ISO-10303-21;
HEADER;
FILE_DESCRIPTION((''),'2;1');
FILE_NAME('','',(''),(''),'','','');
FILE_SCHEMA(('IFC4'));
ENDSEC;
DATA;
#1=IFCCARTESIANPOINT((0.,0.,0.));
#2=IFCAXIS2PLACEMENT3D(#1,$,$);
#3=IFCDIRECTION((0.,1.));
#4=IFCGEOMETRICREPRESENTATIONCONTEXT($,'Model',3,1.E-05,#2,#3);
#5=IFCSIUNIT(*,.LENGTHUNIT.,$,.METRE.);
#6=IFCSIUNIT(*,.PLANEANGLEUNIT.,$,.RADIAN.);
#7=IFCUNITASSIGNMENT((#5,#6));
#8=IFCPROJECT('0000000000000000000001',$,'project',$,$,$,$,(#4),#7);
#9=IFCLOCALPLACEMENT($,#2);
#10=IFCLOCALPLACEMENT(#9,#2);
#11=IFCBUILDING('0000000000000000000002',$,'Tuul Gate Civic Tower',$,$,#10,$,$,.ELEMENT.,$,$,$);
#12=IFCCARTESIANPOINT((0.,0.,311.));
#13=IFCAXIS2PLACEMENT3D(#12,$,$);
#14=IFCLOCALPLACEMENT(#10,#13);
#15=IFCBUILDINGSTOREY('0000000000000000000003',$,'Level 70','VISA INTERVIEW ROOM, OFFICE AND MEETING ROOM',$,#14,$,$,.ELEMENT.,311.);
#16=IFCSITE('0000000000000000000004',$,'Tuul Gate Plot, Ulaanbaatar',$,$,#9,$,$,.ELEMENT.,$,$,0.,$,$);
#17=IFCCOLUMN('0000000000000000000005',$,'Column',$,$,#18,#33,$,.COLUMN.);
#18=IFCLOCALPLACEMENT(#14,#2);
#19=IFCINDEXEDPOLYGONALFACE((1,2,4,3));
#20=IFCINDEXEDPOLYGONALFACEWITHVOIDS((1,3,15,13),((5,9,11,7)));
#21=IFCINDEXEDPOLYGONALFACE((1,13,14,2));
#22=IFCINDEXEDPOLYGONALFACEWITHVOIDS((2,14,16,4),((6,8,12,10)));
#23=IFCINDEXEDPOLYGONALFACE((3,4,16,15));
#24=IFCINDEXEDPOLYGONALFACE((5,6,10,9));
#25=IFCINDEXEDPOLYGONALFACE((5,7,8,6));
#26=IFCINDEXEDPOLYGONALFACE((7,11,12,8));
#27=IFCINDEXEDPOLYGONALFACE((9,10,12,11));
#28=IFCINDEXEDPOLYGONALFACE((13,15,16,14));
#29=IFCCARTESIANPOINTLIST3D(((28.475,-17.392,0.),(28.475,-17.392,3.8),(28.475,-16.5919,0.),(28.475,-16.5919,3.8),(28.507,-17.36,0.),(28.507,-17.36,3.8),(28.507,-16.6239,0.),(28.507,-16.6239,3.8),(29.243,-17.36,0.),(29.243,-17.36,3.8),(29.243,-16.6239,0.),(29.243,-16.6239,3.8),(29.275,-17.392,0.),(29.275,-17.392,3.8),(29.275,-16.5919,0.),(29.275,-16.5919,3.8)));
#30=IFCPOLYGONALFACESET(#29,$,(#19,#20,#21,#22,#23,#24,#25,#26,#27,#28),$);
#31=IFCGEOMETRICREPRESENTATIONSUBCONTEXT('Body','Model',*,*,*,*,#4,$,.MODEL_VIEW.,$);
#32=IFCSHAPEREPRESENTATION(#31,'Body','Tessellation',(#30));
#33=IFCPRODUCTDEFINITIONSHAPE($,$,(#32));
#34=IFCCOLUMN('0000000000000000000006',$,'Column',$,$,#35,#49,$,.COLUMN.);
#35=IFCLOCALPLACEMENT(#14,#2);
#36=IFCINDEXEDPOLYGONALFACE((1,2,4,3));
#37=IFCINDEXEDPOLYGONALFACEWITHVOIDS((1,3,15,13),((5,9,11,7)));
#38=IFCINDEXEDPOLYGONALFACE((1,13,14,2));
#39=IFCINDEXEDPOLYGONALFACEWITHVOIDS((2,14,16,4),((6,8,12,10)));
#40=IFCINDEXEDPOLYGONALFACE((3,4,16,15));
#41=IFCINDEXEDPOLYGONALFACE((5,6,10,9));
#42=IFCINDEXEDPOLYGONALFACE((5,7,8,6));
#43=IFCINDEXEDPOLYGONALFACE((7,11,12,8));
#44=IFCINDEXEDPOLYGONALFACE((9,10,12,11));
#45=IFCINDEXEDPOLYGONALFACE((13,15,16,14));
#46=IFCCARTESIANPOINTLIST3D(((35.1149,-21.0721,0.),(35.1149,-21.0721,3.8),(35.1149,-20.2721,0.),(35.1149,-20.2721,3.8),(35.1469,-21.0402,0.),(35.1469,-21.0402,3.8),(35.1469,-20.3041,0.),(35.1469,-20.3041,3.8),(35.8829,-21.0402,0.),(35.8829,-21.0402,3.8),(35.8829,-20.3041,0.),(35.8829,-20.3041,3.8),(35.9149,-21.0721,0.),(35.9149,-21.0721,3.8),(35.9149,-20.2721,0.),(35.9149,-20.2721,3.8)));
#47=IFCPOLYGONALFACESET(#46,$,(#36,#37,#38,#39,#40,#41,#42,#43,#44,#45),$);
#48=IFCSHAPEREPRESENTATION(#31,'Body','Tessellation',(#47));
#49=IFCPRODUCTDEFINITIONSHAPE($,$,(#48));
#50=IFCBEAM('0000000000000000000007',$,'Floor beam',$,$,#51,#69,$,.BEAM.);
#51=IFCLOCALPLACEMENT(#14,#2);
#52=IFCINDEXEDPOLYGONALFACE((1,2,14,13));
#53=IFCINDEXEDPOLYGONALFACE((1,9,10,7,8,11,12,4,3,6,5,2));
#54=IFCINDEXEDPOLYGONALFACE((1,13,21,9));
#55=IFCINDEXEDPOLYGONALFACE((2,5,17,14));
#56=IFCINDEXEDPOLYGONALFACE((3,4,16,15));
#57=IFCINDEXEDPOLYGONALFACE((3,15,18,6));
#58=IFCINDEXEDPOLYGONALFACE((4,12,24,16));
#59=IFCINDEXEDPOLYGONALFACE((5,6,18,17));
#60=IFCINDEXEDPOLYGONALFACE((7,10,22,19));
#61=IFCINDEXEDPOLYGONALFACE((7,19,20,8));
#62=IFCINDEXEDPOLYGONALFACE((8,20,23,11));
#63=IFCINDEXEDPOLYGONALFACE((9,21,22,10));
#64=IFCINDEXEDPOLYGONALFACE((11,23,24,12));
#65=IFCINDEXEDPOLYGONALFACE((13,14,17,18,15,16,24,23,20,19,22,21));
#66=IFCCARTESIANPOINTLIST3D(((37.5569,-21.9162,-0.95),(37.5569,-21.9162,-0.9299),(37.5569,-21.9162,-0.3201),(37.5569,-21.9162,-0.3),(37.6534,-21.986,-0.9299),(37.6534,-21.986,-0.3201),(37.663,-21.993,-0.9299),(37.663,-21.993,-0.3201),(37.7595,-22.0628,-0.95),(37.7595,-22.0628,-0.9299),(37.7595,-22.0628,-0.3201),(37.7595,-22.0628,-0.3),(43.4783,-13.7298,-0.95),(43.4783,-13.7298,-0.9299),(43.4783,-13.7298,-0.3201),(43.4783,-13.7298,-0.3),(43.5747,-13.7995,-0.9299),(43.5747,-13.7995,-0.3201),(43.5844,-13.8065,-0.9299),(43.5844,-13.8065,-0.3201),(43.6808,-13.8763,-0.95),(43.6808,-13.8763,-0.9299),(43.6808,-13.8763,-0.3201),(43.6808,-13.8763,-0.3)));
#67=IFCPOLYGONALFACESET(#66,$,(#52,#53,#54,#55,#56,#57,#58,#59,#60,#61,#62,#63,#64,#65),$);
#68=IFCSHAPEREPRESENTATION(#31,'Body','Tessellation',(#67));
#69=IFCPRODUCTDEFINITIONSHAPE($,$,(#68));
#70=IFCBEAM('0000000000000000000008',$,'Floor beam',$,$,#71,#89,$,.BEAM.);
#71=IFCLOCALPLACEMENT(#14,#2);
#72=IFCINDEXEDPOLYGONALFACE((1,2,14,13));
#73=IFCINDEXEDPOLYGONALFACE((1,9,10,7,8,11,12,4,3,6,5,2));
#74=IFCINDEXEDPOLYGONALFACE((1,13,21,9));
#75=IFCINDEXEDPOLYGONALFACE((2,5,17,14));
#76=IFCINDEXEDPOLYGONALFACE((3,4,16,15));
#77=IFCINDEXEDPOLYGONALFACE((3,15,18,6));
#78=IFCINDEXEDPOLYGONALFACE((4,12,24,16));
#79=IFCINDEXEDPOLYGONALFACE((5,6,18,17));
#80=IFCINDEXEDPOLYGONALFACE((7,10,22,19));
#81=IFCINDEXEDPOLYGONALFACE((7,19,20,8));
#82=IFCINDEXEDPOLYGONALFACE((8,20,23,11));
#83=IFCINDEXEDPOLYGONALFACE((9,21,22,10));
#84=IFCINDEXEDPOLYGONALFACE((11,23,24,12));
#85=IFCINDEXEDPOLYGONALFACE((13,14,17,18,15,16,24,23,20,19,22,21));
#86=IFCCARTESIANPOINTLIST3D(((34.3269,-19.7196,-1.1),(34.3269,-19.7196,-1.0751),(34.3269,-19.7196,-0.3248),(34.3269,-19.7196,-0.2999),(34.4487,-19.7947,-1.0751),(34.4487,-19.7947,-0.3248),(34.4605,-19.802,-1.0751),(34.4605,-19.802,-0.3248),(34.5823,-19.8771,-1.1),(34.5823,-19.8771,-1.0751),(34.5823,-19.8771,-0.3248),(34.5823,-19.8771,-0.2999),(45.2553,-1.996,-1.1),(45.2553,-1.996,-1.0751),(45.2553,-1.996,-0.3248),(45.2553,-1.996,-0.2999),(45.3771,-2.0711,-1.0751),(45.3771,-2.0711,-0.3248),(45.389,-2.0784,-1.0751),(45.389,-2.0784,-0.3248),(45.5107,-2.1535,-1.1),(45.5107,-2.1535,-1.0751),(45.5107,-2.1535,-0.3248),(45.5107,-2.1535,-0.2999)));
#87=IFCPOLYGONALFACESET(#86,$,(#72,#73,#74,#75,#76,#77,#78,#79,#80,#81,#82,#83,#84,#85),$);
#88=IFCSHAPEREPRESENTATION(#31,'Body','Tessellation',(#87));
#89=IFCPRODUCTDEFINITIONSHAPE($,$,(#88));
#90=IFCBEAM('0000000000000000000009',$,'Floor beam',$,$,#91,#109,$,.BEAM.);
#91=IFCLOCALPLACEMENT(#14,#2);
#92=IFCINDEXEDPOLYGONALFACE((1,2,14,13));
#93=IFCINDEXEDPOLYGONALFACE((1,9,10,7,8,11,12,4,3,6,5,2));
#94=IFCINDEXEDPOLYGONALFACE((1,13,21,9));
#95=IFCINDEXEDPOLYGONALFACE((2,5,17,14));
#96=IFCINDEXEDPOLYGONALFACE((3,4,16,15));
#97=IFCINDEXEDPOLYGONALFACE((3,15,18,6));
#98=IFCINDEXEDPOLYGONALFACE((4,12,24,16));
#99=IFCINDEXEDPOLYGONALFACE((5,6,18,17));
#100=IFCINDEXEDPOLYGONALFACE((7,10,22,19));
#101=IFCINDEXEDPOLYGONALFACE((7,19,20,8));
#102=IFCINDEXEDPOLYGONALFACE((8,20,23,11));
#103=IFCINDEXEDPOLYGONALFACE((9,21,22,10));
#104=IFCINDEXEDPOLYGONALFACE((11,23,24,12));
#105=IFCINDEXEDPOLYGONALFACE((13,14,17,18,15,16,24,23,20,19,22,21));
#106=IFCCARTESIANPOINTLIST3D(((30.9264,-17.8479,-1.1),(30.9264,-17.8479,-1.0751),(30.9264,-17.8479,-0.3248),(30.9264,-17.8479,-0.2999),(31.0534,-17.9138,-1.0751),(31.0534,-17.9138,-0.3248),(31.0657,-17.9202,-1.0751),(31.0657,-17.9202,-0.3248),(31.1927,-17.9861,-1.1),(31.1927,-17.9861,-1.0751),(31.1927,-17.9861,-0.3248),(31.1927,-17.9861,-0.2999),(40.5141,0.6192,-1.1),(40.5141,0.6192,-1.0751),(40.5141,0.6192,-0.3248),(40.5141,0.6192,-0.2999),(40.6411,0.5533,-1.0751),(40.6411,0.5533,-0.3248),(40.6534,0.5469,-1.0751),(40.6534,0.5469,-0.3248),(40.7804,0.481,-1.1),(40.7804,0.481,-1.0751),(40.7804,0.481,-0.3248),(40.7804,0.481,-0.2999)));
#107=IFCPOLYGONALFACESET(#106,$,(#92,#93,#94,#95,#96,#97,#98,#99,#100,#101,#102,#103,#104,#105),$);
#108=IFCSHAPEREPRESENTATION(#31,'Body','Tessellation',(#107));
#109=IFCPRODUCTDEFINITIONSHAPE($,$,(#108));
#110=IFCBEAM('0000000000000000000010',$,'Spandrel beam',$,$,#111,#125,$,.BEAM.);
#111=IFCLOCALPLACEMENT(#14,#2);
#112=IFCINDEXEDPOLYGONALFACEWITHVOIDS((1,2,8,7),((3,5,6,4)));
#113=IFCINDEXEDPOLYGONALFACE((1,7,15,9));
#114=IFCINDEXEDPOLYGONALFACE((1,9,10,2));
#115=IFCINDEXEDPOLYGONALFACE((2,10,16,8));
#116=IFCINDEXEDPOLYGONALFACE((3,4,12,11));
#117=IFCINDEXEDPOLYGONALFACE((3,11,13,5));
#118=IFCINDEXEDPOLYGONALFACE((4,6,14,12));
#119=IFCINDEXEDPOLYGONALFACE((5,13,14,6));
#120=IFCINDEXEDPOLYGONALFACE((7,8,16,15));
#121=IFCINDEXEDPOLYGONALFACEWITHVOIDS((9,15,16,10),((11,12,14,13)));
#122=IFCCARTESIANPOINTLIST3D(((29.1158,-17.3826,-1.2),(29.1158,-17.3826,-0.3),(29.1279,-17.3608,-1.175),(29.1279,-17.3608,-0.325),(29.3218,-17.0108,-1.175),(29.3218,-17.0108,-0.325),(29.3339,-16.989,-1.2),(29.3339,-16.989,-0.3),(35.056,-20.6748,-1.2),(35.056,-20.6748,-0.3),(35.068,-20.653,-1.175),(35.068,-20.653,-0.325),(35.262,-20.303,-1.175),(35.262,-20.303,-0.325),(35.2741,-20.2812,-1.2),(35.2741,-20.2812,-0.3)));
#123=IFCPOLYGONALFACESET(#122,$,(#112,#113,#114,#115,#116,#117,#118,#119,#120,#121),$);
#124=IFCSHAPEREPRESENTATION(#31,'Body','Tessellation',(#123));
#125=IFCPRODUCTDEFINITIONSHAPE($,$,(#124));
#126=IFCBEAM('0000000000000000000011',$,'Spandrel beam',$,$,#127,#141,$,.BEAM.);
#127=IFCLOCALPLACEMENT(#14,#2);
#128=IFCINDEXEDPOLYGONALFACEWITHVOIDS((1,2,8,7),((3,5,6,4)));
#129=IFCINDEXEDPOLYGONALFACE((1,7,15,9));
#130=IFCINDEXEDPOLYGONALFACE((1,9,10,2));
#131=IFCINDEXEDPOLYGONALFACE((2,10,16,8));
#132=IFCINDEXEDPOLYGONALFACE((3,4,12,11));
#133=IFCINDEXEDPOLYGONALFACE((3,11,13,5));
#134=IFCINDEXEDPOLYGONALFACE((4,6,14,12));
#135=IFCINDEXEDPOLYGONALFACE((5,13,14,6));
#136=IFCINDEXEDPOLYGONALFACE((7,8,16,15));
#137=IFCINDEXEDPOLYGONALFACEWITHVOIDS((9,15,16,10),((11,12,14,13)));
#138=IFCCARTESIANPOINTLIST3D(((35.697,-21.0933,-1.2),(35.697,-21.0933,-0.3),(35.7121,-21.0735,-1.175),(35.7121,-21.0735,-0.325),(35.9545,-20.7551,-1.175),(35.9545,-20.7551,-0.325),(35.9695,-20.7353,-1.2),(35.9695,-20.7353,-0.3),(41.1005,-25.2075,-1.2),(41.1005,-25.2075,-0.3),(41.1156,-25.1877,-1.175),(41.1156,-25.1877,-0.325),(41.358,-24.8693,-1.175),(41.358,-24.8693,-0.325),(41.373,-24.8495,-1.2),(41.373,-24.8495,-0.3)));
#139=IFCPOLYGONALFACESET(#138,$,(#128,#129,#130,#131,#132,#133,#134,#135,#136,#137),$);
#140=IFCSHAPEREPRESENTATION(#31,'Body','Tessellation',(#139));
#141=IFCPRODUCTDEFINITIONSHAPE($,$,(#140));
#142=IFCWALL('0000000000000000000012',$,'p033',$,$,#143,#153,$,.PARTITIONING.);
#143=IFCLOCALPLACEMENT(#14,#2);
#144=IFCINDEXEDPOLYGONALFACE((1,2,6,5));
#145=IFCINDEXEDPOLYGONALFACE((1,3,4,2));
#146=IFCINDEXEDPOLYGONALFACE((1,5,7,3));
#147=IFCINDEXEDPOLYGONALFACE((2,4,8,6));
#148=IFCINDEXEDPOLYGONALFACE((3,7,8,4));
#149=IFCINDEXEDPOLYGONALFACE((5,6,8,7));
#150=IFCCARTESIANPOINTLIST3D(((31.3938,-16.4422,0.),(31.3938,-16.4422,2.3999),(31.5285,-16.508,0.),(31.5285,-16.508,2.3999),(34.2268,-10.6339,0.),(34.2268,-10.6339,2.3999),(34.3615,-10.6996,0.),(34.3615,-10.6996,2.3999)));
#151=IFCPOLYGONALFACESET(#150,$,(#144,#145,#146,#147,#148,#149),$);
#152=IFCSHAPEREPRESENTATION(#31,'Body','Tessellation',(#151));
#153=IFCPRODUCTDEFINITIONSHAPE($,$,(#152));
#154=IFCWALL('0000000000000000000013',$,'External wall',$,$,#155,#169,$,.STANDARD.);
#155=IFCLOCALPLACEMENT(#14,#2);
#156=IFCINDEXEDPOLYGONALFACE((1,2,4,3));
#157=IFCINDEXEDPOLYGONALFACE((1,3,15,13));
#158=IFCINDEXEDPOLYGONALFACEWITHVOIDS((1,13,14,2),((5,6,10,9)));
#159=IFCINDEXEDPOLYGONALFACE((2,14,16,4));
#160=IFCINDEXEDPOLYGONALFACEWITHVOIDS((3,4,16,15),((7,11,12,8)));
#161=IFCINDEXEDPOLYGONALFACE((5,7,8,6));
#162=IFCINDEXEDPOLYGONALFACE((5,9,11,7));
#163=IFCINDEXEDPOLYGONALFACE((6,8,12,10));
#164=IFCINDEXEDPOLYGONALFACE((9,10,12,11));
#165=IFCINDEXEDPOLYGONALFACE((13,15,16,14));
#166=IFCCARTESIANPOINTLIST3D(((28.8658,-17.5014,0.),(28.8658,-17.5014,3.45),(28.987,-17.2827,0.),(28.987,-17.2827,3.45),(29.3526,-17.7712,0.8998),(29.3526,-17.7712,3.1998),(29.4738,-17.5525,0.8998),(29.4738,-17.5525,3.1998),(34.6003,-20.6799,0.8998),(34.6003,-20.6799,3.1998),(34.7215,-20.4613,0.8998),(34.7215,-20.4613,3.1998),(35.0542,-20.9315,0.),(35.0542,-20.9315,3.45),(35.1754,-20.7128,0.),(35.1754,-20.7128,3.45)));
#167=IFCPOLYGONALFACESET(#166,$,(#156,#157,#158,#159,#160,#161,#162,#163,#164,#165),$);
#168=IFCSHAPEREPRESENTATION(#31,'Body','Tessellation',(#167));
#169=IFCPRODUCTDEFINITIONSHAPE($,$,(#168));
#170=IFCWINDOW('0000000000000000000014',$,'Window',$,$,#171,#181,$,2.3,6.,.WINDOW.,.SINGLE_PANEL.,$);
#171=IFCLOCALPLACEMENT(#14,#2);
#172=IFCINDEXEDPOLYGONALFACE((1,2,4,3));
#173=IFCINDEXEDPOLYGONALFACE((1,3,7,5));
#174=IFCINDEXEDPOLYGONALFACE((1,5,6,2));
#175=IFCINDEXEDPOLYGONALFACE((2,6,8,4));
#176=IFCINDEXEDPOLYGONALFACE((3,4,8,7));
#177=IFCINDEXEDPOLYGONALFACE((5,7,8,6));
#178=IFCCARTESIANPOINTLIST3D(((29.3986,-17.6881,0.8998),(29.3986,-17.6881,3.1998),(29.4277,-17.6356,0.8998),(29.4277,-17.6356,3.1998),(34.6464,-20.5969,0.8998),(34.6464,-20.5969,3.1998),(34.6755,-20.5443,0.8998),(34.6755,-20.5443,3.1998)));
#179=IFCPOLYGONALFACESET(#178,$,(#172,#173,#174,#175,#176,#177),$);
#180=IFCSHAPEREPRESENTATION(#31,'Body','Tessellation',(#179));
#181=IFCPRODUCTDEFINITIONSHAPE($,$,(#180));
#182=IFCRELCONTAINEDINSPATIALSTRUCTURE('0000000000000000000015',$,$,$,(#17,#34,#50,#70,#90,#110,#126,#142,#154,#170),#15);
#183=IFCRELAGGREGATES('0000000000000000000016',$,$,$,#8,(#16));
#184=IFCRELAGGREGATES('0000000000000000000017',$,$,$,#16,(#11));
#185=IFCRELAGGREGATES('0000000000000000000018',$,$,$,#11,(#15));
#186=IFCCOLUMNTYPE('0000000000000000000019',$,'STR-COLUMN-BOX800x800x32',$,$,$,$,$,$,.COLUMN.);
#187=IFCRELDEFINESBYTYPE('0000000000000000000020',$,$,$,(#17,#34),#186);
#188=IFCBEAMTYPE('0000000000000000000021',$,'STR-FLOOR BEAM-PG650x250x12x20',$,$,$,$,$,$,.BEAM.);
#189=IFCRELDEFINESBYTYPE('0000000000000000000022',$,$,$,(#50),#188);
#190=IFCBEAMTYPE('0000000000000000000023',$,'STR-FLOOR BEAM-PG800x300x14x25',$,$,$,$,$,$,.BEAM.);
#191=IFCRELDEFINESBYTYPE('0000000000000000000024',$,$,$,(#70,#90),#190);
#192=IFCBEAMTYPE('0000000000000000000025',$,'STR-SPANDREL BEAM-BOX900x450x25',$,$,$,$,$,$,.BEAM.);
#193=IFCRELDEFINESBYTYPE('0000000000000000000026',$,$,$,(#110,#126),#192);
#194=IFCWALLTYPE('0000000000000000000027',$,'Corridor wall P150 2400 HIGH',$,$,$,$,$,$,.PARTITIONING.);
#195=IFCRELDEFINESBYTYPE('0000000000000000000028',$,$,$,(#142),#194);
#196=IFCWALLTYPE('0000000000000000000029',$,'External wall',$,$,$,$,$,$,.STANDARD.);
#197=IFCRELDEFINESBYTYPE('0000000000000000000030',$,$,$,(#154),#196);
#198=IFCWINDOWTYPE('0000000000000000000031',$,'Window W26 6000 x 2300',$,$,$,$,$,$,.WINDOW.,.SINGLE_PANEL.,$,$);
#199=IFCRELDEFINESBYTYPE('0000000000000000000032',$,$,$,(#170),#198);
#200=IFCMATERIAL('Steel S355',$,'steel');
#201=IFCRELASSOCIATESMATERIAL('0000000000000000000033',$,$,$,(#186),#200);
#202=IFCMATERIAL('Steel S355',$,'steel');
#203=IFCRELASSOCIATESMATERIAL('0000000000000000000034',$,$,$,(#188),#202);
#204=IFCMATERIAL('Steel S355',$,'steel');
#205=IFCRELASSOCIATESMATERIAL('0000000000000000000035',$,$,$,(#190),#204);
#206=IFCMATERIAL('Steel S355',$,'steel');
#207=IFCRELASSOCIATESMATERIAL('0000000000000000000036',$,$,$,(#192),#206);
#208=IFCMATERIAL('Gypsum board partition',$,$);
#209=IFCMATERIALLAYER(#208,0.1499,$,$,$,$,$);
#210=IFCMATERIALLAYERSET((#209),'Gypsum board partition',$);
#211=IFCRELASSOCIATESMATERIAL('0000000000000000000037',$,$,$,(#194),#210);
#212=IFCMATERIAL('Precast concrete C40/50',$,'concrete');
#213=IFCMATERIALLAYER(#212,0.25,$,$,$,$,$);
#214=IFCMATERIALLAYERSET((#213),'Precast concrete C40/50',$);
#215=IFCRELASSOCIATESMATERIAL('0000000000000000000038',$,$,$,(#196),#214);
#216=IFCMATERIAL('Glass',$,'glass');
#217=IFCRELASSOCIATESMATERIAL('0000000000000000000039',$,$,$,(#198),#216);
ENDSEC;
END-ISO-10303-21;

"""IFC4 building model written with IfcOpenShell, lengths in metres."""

from ifc_helpers import new_model, si_unit, direction, frame, frame_2d, origin, origin_2d, place, context, subcontext, project, spatial, rectangle, hollow_rectangle, i_section, extrude, material, layer, layer_set, material_profile, profile_set, type_object, element, fill, save


model = new_model("IFC4")

# Units and contexts
model_context = context("Model", 3, precision=1e-05, world=origin(), true_north=direction((0.0, 1.0)))
body_context = subcontext(model_context, "Body", "Model", "MODEL_VIEW")
ifc_project = project(units=[si_unit("LENGTHUNIT", "METRE"), si_unit("PLANEANGLEUNIT", "RADIAN")], contexts=[model_context])

# Site, building, storey
site_placement = place(None, origin())
site = spatial("IfcSite", under=ifc_project, at=site_placement, Name="Tuul Gate Plot, Ulaanbaatar", CompositionType="ELEMENT", RefElevation=0.0)
building_placement = place(site_placement, origin())
building = spatial("IfcBuilding", under=site, at=building_placement, Name="Tuul Gate Civic Tower", CompositionType="ELEMENT")
storey_placement = place(building_placement, frame((0.0, 0.0, 311.0)))
storey = spatial("IfcBuildingStorey", under=building, at=storey_placement, Name="Level 70", Description="VISA INTERVIEW ROOM, OFFICE AND MEETING ROOM", CompositionType="ELEMENT", Elevation=311.0)

# Columns
ifc_material_1 = material(Name="Steel S355", Category="steel")
ifc_material_profile_1 = material_profile(ifc_material_1, hollow_rectangle(XDim=0.8, YDim=0.8, WallThickness=0.032, at=origin_2d()), Name="BOX800x800x32")
ifc_profile_set_1 = profile_set([ifc_material_profile_1], Name="Steel S355")
column_type = type_object("IfcColumnType", Name="STR-COLUMN-BOX800x800x32", PredefinedType="COLUMN", material=ifc_profile_set_1)
for number, where, z_axis, x_axis, name in (
    (1, (28.875, -16.9919, 0.0), (0.0, 0.0, 1.0), (1.0, 0.0, 0.0), "Column"),
    (2, (35.5149, -20.6721, 0.0), (0.0, 0.0, 1.0), (1.0, 0.0, 0.0), "Column"),
):
    element("IfcColumn", number, at=place(storey_placement, frame(where, z_axis=z_axis, x_axis=x_axis)), inside=storey, type_object=column_type, Name=name, PredefinedType="COLUMN", context=body_context, shape_type="SweptSolid", body=[
        extrude(hollow_rectangle(XDim=0.8, YDim=0.8, WallThickness=0.032, at=origin_2d()), origin(), (0.0, 0.0, 1.0), 3.8),
    ])

# Beams
ifc_material_2 = material(Name="Steel S355", Category="steel")
ifc_material_profile_2 = material_profile(ifc_material_2, i_section(OverallWidth=0.25, OverallDepth=0.6499, WebThickness=0.012, FlangeThickness=0.02, at=origin_2d()), Name="PG650x250x12x20")
ifc_profile_set_2 = profile_set([ifc_material_profile_2], Name="Steel S355")
beam_type_1 = type_object("IfcBeamType", Name="STR-FLOOR BEAM-PG650x250x12x20", PredefinedType="BEAM", material=ifc_profile_set_2)
beam_1_placement = place(storey_placement, frame((37.6582, -21.9895, -0.625), z_axis=(0.586069, 0.810261, 0.0), x_axis=(-0.810261, 0.586069, 0.0)))
element("IfcBeam", 3, at=beam_1_placement, inside=storey, type_object=beam_type_1, Name="Floor beam", PredefinedType="BEAM", context=body_context, shape_type="SweptSolid", body=[
    extrude(i_section(OverallWidth=0.25, OverallDepth=0.6499, WebThickness=0.012, FlangeThickness=0.02, at=origin_2d()), origin(), (0.0, 0.0, 1.0), 10.1035),
])
ifc_material_3 = material(Name="Steel S355", Category="steel")
ifc_material_profile_3 = material_profile(ifc_material_3, i_section(OverallWidth=0.3, OverallDepth=0.8, WebThickness=0.0139, FlangeThickness=0.0249, at=origin_2d()), Name="PG800x300x14x25")
ifc_profile_set_3 = profile_set([ifc_material_profile_3], Name="Steel S355")
beam_type_2 = type_object("IfcBeamType", Name="STR-FLOOR BEAM-PG800x300x14x25", PredefinedType="BEAM", material=ifc_profile_set_3)
beam_2_placement = place(storey_placement, frame((34.4546, -19.7983, -0.7), z_axis=(0.52485, 0.851195, 0.0), x_axis=(-0.851195, 0.52485, 0.0)))
element("IfcBeam", 4, at=beam_2_placement, inside=storey, type_object=beam_type_2, Name="Floor beam", PredefinedType="BEAM", context=body_context, shape_type="SweptSolid", body=[
    extrude(i_section(OverallWidth=0.3, OverallDepth=0.8, WebThickness=0.0139, FlangeThickness=0.0249, at=origin_2d()), origin(), (0.0, 0.0, 1.0), 20.822),
])
beam_3_placement = place(storey_placement, frame((31.0596, -17.917, -0.7), z_axis=(0.460777, 0.887516, 0.0), x_axis=(-0.887516, 0.460777, 0.0)))
element("IfcBeam", 5, at=beam_3_placement, inside=storey, type_object=beam_type_2, Name="Floor beam", PredefinedType="BEAM", context=body_context, shape_type="SweptSolid", body=[
    extrude(i_section(OverallWidth=0.3, OverallDepth=0.8, WebThickness=0.0139, FlangeThickness=0.0249, at=origin_2d()), origin(), (0.0, 0.0, 1.0), 20.8076),
])
ifc_material_4 = material(Name="Steel S355", Category="steel")
ifc_material_profile_4 = material_profile(ifc_material_4, hollow_rectangle(XDim=0.45, YDim=0.8999, WallThickness=0.0249, at=origin_2d()), Name="BOX900x450x25")
ifc_profile_set_4 = profile_set([ifc_material_profile_4], Name="Steel S355")
beam_type_3 = type_object("IfcBeamType", Name="STR-SPANDREL BEAM-BOX900x450x25", PredefinedType="BEAM", material=ifc_profile_set_4)
for number, where, z_axis, x_axis, name in (
    (6, (29.2249, -17.1858, -0.75), (0.874649, -0.484758, 0.0), (0.484758, 0.874649, 0.0), "Spandrel beam"),
    (7, (35.8333, -20.9143, -0.75), (0.795626, -0.605788, 0.0), (0.605788, 0.795626, 0.0), "Spandrel beam"),
):
    element("IfcBeam", number, at=place(storey_placement, frame(where, z_axis=z_axis, x_axis=x_axis)), inside=storey, type_object=beam_type_3, Name=name, PredefinedType="BEAM", context=body_context, shape_type="SweptSolid", body=[
        extrude(hollow_rectangle(XDim=0.45, YDim=0.8999, WallThickness=0.0249, at=origin_2d()), origin(), (0.0, 0.0, 1.0), 6.7915),
    ])

# Wall
ifc_material_5 = material(Name="Gypsum board partition")
ifc_layer_1 = layer(ifc_material_5, 0.1499)
ifc_layer_set_1 = layer_set([ifc_layer_1], Name="Gypsum board partition")
wall_type_1 = type_object("IfcWallType", Name="Corridor wall P150 2400 HIGH", PredefinedType="PARTITIONING", material=ifc_layer_set_1)
wall_1_placement = place(storey_placement, frame((31.4612, -16.4751, 0.0), z_axis=(0.0, 0.0, 1.0), x_axis=(0.438382, 0.898789, 0.0)))
element("IfcWall", 8, at=wall_1_placement, inside=storey, type_object=wall_type_1, Name="p033", PredefinedType="PARTITIONING", context=body_context, shape_type="SweptSolid", body=[
    extrude(rectangle(XDim=6.4624, YDim=0.1499, at=frame_2d((3.2312, 0.0))), origin(), (0.0, 0.0, 1.0), 2.3999),
])

# Wall, opening, window
ifc_material_6 = material(Name="Precast concrete C40/50", Category="concrete")
ifc_layer_2 = layer(ifc_material_6, 0.25)
ifc_layer_set_2 = layer_set([ifc_layer_2], Name="Precast concrete C40/50")
wall_type_2 = type_object("IfcWallType", Name="External wall", PredefinedType="STANDARD", material=ifc_layer_set_2)
wall_2_placement = place(storey_placement, frame((28.9265, -17.3921, 0.0), z_axis=(0.0, 0.0, 1.0), x_axis=(0.874629, -0.484793, 0.0)))
wall_2 = element("IfcWall", 9, at=wall_2_placement, inside=storey, type_object=wall_type_2, Name="External wall", PredefinedType="STANDARD", context=body_context, shape_type="SweptSolid", body=[
    extrude(rectangle(XDim=7.0754, YDim=0.25, at=frame_2d((3.5376, 0.0))), origin(), (0.0, 0.0, 1.0), 3.45),
])
opening_1_placement = place(wall_2_placement, frame((0.5564, 0.0, 0.8999)))
opening_1 = element("IfcOpeningElement", 10, at=opening_1_placement, cuts=wall_2, PredefinedType="OPENING", context=body_context, shape_type="SweptSolid", body=[
    extrude(rectangle(XDim=6.0, YDim=2.3, at=frame_2d((3.0, 1.1499))), frame((0.0, 0.135, 0.0), z_axis=(0.0, -1.0, 0.0), x_axis=(1.0, 0.0, 0.0)), (0.0, 0.0, 1.0), 0.27),
])
ifc_material_7 = material(Name="Glass", Category="glass")
window_type_1 = type_object("IfcWindowType", Name="Window W26 6000 x 2300", PartitioningType="SINGLE_PANEL", PredefinedType="WINDOW", material=ifc_material_7)
window_1_placement = place(opening_1_placement, origin())
window_1 = element("IfcWindow", 11, at=window_1_placement, inside=storey, type_object=window_type_1, Name="Window", OverallHeight=2.3, OverallWidth=6.0, PartitioningType="SINGLE_PANEL", PredefinedType="WINDOW", context=body_context, shape_type="SweptSolid", body=[
    extrude(rectangle(XDim=6.0, YDim=2.3, at=frame_2d((3.0, 1.1499))), frame((0.0, 0.03, 0.0), z_axis=(0.0, -1.0, 0.0), x_axis=(1.0, 0.0, 0.0)), (0.0, 0.0, 1.0), 0.0601),
])
fill(opening_1, window_1)

save(model, "model.ifc")
